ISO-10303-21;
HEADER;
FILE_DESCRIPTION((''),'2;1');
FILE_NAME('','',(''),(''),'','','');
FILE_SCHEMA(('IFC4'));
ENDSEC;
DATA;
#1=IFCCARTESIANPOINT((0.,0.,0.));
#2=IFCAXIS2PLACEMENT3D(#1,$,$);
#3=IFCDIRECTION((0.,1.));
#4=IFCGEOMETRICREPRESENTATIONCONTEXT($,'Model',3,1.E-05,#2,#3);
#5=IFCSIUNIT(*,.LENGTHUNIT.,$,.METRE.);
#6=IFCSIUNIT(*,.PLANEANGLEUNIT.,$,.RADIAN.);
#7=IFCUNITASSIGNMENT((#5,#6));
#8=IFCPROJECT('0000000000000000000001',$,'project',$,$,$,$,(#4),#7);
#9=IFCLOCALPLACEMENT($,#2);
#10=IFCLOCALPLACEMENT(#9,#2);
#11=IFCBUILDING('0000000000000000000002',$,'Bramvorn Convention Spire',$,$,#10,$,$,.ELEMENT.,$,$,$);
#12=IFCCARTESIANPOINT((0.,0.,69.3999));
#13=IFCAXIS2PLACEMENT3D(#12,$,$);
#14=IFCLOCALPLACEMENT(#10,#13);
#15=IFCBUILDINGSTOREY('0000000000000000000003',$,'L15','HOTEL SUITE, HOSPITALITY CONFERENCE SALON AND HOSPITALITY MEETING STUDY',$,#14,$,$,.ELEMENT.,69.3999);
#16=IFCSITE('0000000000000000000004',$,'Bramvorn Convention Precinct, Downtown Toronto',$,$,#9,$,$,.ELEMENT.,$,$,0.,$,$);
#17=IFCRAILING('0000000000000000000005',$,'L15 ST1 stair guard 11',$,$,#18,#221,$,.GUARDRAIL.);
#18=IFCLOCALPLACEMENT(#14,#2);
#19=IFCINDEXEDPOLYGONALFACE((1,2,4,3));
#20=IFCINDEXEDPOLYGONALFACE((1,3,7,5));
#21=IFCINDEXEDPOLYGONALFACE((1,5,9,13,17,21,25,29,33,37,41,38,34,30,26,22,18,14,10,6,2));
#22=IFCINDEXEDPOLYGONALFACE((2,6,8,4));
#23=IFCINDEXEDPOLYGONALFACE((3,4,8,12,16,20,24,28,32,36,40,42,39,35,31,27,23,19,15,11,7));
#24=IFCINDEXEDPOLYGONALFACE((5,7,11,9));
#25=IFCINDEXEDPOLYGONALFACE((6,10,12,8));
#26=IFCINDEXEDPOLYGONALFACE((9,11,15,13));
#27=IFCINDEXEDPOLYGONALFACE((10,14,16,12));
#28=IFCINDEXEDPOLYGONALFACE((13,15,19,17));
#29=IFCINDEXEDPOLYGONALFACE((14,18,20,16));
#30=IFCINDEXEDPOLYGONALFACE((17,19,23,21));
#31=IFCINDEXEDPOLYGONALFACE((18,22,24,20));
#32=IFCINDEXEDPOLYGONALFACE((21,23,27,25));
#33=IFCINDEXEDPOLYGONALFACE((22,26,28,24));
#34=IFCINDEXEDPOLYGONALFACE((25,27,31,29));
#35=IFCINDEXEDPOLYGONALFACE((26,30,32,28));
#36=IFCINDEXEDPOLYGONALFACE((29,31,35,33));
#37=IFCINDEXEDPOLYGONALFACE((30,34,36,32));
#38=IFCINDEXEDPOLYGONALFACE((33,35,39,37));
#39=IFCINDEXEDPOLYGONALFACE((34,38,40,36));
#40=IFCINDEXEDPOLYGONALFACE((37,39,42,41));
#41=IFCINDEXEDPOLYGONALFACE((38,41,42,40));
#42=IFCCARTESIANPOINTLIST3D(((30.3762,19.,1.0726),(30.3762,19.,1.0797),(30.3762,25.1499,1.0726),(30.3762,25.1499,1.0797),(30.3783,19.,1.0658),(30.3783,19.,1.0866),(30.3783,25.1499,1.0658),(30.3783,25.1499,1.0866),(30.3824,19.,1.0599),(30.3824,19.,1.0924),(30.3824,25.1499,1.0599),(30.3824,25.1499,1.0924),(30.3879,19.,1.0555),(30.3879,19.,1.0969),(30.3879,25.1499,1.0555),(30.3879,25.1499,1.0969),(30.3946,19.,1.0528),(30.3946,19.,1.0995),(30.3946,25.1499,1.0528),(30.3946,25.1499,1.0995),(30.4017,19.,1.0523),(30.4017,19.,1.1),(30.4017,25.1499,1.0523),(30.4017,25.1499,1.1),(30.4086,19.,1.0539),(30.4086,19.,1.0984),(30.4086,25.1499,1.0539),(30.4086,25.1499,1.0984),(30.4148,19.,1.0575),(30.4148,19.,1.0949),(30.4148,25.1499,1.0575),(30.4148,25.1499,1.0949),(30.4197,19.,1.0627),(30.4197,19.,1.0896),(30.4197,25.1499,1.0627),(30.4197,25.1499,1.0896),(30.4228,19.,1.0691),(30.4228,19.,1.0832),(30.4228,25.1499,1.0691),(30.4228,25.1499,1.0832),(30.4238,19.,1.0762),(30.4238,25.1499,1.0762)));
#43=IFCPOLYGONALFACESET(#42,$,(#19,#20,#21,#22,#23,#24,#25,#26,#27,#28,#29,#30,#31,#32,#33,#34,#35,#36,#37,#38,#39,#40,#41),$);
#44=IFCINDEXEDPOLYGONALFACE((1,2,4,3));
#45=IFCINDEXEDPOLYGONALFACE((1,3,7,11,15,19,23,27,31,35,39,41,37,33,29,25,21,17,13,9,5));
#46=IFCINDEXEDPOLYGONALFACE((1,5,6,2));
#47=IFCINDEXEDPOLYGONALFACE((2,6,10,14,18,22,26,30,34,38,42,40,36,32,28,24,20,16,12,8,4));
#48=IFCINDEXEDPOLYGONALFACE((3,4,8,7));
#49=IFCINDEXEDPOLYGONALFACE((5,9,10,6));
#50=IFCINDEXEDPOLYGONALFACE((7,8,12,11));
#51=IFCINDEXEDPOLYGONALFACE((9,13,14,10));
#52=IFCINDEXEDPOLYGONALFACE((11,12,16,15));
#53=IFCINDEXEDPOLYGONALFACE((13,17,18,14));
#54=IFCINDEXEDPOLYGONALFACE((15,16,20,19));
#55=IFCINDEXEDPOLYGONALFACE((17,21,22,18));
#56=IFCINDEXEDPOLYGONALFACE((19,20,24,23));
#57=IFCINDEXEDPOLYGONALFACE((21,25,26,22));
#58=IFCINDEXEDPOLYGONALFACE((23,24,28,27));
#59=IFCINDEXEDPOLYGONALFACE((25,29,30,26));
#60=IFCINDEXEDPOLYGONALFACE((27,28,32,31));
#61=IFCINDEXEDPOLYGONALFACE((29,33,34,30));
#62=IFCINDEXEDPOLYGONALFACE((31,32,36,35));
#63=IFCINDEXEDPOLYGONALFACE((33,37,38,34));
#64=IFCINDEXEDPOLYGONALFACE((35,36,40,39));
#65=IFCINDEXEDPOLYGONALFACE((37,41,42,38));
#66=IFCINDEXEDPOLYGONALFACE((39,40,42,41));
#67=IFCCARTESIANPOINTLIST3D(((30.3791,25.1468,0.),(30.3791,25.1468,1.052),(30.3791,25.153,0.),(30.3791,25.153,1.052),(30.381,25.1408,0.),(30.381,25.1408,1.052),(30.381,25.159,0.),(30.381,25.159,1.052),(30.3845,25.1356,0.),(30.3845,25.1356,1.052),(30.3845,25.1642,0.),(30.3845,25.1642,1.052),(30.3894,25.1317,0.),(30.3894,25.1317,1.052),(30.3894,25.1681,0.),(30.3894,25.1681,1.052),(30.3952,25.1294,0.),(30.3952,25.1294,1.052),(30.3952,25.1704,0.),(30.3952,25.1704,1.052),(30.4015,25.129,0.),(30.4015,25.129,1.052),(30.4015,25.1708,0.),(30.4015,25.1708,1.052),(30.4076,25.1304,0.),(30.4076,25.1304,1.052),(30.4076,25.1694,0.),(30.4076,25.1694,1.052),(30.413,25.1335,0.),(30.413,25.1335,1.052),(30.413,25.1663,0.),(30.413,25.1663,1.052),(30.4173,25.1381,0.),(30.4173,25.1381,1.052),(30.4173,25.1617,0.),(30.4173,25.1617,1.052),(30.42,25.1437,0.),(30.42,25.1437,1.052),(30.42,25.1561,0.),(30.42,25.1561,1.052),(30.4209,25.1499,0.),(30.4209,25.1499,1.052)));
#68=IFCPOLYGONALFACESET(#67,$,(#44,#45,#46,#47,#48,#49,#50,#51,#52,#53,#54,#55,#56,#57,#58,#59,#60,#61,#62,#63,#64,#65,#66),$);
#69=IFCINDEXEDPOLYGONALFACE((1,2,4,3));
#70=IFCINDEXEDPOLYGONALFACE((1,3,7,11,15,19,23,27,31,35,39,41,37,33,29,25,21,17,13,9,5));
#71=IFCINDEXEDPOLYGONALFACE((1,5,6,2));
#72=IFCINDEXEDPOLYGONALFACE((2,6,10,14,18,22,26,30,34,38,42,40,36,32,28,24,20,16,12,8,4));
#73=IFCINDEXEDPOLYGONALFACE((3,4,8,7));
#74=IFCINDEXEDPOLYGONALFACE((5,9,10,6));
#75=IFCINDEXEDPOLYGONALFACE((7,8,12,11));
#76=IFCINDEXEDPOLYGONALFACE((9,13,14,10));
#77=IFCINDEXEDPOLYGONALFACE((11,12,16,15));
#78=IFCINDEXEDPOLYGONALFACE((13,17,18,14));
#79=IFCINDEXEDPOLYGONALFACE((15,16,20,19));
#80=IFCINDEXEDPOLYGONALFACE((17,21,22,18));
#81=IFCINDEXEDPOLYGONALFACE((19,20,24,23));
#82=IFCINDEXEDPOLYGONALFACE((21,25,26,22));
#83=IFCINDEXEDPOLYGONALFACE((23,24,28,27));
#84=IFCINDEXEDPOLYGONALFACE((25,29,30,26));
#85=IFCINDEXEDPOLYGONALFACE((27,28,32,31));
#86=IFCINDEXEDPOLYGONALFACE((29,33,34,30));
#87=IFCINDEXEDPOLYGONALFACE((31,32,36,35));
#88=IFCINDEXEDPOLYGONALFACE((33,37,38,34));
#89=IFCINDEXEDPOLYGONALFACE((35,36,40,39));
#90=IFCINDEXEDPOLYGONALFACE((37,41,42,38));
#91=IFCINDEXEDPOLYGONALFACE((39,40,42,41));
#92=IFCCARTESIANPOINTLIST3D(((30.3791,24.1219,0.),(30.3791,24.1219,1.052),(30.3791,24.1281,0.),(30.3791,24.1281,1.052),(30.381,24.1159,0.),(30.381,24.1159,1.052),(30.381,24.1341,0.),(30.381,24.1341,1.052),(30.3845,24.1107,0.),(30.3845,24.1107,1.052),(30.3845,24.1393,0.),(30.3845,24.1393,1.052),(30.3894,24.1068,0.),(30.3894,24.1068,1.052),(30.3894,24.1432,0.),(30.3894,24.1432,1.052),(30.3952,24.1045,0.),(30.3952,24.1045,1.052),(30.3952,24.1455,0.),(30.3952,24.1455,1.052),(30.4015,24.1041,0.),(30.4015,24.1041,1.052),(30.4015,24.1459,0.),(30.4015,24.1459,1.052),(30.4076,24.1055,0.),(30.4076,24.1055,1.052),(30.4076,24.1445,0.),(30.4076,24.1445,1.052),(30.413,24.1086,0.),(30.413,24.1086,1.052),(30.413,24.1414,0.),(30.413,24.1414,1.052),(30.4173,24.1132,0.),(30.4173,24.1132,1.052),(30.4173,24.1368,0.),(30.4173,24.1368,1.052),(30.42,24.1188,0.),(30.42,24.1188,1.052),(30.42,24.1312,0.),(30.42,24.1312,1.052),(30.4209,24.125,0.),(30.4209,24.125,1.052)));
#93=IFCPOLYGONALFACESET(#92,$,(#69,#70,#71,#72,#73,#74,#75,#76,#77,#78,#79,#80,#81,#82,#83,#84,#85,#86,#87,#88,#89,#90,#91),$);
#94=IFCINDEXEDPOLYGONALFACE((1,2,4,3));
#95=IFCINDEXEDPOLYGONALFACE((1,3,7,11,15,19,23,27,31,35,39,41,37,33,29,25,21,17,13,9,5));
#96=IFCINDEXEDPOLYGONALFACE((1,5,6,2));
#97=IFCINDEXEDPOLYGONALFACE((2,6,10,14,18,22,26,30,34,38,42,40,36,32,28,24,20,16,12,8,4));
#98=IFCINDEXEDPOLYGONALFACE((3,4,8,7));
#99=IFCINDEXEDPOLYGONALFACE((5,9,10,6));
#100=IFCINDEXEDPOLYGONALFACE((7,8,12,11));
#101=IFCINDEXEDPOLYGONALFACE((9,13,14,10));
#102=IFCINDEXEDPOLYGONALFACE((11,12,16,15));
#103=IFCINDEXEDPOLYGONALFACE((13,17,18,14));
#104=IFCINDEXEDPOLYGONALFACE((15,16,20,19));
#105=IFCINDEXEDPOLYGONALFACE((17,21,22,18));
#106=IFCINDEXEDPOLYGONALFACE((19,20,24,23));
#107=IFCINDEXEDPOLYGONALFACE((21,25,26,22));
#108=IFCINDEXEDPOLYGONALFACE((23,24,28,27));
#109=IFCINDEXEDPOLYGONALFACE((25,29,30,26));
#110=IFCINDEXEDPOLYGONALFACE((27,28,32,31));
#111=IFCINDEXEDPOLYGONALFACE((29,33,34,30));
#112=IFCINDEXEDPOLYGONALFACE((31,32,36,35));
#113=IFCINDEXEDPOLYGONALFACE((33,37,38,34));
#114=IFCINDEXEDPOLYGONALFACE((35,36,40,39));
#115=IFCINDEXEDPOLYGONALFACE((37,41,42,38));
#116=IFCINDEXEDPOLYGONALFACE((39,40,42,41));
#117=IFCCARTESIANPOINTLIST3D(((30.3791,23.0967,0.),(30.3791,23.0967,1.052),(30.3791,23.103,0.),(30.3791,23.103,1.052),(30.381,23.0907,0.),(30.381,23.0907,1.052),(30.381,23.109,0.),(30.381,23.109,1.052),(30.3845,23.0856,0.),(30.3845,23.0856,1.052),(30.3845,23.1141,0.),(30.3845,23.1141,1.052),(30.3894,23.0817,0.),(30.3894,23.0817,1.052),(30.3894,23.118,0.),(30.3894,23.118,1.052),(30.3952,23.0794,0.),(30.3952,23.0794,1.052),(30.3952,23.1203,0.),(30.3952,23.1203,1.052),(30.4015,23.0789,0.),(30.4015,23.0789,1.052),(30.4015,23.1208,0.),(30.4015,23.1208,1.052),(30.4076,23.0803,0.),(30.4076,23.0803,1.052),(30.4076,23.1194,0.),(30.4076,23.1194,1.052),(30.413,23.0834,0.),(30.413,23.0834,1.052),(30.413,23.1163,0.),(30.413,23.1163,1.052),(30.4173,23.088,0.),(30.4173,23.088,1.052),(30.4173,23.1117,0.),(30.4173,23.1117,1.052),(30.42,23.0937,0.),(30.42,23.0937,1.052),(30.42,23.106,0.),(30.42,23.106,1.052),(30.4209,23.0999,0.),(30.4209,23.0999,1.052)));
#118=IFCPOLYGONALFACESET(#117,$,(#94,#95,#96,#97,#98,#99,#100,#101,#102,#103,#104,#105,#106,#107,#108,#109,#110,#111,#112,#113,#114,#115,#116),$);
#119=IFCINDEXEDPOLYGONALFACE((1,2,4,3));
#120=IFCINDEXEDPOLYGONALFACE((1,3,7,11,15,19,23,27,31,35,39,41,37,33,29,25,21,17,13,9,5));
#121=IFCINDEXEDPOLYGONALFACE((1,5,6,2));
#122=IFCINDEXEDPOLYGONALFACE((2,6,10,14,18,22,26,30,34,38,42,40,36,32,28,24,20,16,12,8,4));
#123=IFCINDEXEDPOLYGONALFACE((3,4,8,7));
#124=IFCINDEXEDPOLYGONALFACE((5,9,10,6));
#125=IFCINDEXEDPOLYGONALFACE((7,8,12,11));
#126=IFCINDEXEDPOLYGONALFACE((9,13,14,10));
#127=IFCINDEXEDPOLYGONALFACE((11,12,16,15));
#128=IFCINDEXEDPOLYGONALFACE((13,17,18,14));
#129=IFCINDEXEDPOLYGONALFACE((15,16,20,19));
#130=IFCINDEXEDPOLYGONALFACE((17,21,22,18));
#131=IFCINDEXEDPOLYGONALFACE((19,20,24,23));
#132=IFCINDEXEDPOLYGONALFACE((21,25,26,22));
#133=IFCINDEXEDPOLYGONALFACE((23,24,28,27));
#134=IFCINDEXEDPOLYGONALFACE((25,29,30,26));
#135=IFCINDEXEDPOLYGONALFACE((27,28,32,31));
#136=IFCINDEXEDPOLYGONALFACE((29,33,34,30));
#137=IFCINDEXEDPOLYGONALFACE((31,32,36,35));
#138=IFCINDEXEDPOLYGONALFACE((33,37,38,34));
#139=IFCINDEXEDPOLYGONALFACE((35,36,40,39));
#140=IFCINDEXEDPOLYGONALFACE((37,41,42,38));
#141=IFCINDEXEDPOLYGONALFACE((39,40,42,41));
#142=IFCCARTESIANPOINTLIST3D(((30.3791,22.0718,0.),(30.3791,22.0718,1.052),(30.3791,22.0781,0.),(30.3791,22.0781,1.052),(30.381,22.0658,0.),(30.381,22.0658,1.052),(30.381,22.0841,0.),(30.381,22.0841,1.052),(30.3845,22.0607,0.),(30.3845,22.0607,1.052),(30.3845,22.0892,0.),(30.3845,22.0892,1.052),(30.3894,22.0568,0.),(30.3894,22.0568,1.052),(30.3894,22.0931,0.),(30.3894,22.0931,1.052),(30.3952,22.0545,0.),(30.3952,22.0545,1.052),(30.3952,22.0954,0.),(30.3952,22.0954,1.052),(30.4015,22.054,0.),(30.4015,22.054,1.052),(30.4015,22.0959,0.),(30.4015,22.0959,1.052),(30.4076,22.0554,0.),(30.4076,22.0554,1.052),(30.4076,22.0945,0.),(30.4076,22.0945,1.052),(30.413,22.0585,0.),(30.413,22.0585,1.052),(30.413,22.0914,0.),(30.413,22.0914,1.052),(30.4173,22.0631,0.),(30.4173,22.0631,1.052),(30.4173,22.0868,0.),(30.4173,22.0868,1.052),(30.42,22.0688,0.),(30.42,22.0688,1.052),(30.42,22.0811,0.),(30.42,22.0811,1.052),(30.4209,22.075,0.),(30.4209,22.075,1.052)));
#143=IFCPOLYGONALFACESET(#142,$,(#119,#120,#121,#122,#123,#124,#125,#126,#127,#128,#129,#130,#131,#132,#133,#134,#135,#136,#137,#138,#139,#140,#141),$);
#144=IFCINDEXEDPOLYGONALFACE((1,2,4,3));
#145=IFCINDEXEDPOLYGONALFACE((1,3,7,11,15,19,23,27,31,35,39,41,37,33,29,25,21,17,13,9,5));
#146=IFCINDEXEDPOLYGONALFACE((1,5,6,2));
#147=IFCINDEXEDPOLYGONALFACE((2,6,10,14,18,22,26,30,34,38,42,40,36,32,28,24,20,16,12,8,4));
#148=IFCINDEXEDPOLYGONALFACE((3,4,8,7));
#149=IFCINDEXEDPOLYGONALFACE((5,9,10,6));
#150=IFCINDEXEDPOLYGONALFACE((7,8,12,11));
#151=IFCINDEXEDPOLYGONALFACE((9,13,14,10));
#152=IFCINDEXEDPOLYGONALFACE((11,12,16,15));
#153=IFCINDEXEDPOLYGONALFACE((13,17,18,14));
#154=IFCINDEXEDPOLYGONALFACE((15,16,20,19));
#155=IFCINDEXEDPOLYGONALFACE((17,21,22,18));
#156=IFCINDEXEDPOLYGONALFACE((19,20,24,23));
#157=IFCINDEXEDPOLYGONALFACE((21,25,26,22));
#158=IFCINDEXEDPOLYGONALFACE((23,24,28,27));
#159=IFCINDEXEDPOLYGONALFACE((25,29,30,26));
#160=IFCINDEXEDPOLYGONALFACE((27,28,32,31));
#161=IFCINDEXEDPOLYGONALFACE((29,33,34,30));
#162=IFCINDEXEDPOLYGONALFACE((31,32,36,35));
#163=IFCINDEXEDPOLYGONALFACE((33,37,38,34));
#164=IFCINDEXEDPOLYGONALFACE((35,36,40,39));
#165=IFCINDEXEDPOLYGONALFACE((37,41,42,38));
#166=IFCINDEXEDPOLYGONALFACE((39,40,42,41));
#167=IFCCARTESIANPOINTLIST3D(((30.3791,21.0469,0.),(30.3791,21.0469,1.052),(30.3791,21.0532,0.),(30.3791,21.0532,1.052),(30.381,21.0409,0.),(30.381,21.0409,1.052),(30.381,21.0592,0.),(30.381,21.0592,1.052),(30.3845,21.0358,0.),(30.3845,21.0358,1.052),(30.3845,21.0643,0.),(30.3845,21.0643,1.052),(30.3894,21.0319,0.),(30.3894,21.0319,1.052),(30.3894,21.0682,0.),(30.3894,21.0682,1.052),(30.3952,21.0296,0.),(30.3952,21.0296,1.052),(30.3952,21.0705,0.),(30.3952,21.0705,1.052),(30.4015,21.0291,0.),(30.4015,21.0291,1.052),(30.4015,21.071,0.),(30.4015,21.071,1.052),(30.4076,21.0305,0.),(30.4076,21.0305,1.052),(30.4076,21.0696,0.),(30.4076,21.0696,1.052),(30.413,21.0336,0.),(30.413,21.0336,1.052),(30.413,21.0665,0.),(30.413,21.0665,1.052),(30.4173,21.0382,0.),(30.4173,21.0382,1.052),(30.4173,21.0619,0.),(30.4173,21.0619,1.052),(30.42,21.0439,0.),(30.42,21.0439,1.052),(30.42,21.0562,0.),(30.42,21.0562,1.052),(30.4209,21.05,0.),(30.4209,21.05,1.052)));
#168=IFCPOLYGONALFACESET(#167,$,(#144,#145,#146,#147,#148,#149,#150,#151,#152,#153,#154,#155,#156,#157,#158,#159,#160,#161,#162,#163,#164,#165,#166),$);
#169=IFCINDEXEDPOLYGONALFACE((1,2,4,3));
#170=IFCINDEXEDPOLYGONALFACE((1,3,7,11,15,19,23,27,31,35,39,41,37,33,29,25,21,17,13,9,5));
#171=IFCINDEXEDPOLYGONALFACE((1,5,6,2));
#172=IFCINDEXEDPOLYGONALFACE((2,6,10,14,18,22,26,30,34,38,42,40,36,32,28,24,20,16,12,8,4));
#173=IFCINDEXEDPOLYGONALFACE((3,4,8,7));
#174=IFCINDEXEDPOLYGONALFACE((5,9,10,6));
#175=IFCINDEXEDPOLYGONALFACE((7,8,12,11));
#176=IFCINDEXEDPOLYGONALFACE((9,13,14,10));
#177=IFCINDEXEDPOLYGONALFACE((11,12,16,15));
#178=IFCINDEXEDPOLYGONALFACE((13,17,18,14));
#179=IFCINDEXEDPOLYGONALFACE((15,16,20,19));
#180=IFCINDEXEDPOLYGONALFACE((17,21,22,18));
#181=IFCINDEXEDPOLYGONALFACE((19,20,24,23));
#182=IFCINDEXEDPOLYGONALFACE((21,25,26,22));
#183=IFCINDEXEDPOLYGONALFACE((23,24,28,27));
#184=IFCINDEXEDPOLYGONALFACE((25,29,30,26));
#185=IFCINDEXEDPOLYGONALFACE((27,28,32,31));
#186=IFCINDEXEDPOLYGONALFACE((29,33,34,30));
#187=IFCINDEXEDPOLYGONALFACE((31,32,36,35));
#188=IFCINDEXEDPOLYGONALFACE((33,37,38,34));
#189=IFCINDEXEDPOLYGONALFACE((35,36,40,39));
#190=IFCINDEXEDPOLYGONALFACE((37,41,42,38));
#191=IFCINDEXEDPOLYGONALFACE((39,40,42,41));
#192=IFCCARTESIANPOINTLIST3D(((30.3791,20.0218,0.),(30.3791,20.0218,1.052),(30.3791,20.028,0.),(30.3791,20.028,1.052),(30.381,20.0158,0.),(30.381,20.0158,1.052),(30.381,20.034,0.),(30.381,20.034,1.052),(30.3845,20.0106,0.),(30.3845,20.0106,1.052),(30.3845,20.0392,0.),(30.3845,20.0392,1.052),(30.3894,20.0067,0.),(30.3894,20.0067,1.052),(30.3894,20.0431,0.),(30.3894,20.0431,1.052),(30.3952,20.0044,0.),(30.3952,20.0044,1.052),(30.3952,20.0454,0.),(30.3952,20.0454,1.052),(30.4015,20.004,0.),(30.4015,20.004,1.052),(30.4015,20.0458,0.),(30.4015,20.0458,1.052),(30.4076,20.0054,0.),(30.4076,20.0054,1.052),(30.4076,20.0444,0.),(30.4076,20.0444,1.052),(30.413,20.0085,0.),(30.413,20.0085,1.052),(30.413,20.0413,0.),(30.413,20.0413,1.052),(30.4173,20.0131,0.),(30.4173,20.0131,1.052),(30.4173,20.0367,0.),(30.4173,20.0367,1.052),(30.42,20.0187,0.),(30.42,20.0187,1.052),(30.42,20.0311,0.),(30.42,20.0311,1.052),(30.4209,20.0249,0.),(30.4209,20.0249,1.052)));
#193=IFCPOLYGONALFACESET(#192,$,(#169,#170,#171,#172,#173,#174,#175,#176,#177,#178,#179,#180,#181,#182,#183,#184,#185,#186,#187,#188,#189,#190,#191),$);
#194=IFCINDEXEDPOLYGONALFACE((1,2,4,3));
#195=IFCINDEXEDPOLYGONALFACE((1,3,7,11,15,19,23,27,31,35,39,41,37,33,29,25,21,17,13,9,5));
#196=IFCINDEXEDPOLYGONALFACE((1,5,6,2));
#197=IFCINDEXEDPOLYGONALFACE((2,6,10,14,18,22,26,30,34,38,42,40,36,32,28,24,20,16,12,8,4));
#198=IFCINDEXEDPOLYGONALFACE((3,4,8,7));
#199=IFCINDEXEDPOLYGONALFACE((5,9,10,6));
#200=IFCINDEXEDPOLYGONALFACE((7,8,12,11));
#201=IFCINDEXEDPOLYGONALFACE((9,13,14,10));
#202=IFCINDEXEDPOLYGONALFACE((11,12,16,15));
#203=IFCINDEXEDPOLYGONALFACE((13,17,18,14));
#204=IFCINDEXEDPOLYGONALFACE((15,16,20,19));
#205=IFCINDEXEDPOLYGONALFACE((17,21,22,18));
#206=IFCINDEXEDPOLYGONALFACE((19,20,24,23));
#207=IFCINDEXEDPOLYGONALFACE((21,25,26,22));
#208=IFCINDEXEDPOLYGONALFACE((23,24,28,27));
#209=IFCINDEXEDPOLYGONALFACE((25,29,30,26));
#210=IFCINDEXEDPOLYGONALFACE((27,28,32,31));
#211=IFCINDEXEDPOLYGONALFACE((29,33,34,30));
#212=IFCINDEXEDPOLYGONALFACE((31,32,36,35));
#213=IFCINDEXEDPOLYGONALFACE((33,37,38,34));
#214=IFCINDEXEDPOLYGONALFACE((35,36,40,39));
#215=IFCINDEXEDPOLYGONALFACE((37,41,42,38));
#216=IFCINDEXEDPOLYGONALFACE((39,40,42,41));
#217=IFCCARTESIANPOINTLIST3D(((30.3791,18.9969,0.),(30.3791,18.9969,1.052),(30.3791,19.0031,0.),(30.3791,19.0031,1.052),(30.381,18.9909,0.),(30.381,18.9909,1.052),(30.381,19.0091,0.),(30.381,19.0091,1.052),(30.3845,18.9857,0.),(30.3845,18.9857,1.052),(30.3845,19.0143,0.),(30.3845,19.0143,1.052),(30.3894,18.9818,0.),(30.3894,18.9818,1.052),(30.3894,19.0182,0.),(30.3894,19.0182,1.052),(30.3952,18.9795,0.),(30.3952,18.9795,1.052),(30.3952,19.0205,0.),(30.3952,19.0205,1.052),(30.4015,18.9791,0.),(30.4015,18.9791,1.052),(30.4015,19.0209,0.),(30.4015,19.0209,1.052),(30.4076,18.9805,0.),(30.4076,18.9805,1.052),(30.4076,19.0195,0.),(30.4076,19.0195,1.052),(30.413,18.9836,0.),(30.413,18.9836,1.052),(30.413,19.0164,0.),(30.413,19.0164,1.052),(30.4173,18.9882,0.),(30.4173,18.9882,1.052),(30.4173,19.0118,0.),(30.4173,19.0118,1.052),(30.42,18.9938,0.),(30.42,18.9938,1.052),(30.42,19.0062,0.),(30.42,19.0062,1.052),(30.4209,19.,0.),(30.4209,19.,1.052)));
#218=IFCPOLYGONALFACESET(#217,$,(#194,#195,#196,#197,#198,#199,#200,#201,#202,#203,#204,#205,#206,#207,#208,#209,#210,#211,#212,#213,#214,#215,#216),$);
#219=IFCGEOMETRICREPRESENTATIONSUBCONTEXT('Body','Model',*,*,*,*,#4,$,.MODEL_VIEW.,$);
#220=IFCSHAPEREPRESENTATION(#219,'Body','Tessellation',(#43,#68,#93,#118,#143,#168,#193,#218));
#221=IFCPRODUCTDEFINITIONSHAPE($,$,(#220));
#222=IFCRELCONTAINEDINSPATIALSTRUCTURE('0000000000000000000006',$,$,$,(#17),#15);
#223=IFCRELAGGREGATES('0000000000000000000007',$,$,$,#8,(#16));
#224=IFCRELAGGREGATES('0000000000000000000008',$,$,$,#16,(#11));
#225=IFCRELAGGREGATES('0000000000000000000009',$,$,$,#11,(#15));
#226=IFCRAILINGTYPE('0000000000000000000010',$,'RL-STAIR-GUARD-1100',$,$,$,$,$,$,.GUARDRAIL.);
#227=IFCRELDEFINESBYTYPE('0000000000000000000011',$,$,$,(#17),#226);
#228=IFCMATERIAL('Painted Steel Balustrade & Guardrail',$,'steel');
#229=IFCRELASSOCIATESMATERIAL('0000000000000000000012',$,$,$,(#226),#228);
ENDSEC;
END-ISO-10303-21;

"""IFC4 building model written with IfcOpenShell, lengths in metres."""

from ifc_helpers import new_model, si_unit, direction, frame, origin, origin_2d, place, context, subcontext, project, spatial, circle, extrude, material, type_object, element, save


model = new_model("IFC4")

# Units and contexts
model_context = context("Model", 3, precision=1e-05, world=origin(), true_north=direction((0.0, 1.0)))
body_context = subcontext(model_context, "Body", "Model", "MODEL_VIEW")
ifc_project = project(units=[si_unit("LENGTHUNIT", "METRE"), si_unit("PLANEANGLEUNIT", "RADIAN")], contexts=[model_context])

# Site, building, storey
site_placement = place(None, origin())
site = spatial("IfcSite", under=ifc_project, at=site_placement, Name="Bramvorn Convention Precinct, Downtown Toronto", CompositionType="ELEMENT", RefElevation=0.0)
building_placement = place(site_placement, origin())
building = spatial("IfcBuilding", under=site, at=building_placement, Name="Bramvorn Convention Spire", CompositionType="ELEMENT")
storey_placement = place(building_placement, frame((0.0, 0.0, 69.3999)))
storey = spatial("IfcBuildingStorey", under=building, at=storey_placement, Name="L15", Description="HOTEL SUITE, HOSPITALITY CONFERENCE SALON AND HOSPITALITY MEETING STUDY", CompositionType="ELEMENT", Elevation=69.3999)

# Railing
ifc_material_1 = material(Name="Painted Steel Balustrade & Guardrail", Category="steel")
railing_type_1 = type_object("IfcRailingType", Name="RL-STAIR-GUARD-1100", PredefinedType="GUARDRAIL", material=ifc_material_1)
railing_1_placement = place(storey_placement, frame((30.3999, 25.1499, 0.0)))
element("IfcRailing", 1, at=railing_1_placement, inside=storey, type_object=railing_type_1, Name="L15 ST1 stair guard 11", PredefinedType="GUARDRAIL", context=body_context, shape_type="SweptSolid", body=[
    extrude(circle(Radius=0.0239, at=origin_2d()), frame((0.0, 0.0, 1.0762), z_axis=(0.0, -1.0, 0.0), x_axis=(1.0, 0.0, 0.0)), (0.0, 0.0, 1.0), 6.1499),
    extrude(circle(Radius=0.021, at=origin_2d()), origin(), (0.0, 0.0, 1.0), 1.052),
    extrude(circle(Radius=0.021, at=origin_2d()), frame((0.0, -1.0249, 0.0)), (0.0, 0.0, 1.0), 1.052),
    extrude(circle(Radius=0.021, at=origin_2d()), frame((0.0, -2.05, 0.0)), (0.0, 0.0, 1.0), 1.052),
    extrude(circle(Radius=0.021, at=origin_2d()), frame((0.0, -3.075, 0.0)), (0.0, 0.0, 1.0), 1.052),
    extrude(circle(Radius=0.021, at=origin_2d()), frame((0.0, -4.0999, 0.0)), (0.0, 0.0, 1.0), 1.052),
    extrude(circle(Radius=0.021, at=origin_2d()), frame((0.0, -5.125, 0.0)), (0.0, 0.0, 1.0), 1.052),
    extrude(circle(Radius=0.021, at=origin_2d()), frame((0.0, -6.1499, 0.0)), (0.0, 0.0, 1.0), 1.052),
])

save(model, "model.ifc")
